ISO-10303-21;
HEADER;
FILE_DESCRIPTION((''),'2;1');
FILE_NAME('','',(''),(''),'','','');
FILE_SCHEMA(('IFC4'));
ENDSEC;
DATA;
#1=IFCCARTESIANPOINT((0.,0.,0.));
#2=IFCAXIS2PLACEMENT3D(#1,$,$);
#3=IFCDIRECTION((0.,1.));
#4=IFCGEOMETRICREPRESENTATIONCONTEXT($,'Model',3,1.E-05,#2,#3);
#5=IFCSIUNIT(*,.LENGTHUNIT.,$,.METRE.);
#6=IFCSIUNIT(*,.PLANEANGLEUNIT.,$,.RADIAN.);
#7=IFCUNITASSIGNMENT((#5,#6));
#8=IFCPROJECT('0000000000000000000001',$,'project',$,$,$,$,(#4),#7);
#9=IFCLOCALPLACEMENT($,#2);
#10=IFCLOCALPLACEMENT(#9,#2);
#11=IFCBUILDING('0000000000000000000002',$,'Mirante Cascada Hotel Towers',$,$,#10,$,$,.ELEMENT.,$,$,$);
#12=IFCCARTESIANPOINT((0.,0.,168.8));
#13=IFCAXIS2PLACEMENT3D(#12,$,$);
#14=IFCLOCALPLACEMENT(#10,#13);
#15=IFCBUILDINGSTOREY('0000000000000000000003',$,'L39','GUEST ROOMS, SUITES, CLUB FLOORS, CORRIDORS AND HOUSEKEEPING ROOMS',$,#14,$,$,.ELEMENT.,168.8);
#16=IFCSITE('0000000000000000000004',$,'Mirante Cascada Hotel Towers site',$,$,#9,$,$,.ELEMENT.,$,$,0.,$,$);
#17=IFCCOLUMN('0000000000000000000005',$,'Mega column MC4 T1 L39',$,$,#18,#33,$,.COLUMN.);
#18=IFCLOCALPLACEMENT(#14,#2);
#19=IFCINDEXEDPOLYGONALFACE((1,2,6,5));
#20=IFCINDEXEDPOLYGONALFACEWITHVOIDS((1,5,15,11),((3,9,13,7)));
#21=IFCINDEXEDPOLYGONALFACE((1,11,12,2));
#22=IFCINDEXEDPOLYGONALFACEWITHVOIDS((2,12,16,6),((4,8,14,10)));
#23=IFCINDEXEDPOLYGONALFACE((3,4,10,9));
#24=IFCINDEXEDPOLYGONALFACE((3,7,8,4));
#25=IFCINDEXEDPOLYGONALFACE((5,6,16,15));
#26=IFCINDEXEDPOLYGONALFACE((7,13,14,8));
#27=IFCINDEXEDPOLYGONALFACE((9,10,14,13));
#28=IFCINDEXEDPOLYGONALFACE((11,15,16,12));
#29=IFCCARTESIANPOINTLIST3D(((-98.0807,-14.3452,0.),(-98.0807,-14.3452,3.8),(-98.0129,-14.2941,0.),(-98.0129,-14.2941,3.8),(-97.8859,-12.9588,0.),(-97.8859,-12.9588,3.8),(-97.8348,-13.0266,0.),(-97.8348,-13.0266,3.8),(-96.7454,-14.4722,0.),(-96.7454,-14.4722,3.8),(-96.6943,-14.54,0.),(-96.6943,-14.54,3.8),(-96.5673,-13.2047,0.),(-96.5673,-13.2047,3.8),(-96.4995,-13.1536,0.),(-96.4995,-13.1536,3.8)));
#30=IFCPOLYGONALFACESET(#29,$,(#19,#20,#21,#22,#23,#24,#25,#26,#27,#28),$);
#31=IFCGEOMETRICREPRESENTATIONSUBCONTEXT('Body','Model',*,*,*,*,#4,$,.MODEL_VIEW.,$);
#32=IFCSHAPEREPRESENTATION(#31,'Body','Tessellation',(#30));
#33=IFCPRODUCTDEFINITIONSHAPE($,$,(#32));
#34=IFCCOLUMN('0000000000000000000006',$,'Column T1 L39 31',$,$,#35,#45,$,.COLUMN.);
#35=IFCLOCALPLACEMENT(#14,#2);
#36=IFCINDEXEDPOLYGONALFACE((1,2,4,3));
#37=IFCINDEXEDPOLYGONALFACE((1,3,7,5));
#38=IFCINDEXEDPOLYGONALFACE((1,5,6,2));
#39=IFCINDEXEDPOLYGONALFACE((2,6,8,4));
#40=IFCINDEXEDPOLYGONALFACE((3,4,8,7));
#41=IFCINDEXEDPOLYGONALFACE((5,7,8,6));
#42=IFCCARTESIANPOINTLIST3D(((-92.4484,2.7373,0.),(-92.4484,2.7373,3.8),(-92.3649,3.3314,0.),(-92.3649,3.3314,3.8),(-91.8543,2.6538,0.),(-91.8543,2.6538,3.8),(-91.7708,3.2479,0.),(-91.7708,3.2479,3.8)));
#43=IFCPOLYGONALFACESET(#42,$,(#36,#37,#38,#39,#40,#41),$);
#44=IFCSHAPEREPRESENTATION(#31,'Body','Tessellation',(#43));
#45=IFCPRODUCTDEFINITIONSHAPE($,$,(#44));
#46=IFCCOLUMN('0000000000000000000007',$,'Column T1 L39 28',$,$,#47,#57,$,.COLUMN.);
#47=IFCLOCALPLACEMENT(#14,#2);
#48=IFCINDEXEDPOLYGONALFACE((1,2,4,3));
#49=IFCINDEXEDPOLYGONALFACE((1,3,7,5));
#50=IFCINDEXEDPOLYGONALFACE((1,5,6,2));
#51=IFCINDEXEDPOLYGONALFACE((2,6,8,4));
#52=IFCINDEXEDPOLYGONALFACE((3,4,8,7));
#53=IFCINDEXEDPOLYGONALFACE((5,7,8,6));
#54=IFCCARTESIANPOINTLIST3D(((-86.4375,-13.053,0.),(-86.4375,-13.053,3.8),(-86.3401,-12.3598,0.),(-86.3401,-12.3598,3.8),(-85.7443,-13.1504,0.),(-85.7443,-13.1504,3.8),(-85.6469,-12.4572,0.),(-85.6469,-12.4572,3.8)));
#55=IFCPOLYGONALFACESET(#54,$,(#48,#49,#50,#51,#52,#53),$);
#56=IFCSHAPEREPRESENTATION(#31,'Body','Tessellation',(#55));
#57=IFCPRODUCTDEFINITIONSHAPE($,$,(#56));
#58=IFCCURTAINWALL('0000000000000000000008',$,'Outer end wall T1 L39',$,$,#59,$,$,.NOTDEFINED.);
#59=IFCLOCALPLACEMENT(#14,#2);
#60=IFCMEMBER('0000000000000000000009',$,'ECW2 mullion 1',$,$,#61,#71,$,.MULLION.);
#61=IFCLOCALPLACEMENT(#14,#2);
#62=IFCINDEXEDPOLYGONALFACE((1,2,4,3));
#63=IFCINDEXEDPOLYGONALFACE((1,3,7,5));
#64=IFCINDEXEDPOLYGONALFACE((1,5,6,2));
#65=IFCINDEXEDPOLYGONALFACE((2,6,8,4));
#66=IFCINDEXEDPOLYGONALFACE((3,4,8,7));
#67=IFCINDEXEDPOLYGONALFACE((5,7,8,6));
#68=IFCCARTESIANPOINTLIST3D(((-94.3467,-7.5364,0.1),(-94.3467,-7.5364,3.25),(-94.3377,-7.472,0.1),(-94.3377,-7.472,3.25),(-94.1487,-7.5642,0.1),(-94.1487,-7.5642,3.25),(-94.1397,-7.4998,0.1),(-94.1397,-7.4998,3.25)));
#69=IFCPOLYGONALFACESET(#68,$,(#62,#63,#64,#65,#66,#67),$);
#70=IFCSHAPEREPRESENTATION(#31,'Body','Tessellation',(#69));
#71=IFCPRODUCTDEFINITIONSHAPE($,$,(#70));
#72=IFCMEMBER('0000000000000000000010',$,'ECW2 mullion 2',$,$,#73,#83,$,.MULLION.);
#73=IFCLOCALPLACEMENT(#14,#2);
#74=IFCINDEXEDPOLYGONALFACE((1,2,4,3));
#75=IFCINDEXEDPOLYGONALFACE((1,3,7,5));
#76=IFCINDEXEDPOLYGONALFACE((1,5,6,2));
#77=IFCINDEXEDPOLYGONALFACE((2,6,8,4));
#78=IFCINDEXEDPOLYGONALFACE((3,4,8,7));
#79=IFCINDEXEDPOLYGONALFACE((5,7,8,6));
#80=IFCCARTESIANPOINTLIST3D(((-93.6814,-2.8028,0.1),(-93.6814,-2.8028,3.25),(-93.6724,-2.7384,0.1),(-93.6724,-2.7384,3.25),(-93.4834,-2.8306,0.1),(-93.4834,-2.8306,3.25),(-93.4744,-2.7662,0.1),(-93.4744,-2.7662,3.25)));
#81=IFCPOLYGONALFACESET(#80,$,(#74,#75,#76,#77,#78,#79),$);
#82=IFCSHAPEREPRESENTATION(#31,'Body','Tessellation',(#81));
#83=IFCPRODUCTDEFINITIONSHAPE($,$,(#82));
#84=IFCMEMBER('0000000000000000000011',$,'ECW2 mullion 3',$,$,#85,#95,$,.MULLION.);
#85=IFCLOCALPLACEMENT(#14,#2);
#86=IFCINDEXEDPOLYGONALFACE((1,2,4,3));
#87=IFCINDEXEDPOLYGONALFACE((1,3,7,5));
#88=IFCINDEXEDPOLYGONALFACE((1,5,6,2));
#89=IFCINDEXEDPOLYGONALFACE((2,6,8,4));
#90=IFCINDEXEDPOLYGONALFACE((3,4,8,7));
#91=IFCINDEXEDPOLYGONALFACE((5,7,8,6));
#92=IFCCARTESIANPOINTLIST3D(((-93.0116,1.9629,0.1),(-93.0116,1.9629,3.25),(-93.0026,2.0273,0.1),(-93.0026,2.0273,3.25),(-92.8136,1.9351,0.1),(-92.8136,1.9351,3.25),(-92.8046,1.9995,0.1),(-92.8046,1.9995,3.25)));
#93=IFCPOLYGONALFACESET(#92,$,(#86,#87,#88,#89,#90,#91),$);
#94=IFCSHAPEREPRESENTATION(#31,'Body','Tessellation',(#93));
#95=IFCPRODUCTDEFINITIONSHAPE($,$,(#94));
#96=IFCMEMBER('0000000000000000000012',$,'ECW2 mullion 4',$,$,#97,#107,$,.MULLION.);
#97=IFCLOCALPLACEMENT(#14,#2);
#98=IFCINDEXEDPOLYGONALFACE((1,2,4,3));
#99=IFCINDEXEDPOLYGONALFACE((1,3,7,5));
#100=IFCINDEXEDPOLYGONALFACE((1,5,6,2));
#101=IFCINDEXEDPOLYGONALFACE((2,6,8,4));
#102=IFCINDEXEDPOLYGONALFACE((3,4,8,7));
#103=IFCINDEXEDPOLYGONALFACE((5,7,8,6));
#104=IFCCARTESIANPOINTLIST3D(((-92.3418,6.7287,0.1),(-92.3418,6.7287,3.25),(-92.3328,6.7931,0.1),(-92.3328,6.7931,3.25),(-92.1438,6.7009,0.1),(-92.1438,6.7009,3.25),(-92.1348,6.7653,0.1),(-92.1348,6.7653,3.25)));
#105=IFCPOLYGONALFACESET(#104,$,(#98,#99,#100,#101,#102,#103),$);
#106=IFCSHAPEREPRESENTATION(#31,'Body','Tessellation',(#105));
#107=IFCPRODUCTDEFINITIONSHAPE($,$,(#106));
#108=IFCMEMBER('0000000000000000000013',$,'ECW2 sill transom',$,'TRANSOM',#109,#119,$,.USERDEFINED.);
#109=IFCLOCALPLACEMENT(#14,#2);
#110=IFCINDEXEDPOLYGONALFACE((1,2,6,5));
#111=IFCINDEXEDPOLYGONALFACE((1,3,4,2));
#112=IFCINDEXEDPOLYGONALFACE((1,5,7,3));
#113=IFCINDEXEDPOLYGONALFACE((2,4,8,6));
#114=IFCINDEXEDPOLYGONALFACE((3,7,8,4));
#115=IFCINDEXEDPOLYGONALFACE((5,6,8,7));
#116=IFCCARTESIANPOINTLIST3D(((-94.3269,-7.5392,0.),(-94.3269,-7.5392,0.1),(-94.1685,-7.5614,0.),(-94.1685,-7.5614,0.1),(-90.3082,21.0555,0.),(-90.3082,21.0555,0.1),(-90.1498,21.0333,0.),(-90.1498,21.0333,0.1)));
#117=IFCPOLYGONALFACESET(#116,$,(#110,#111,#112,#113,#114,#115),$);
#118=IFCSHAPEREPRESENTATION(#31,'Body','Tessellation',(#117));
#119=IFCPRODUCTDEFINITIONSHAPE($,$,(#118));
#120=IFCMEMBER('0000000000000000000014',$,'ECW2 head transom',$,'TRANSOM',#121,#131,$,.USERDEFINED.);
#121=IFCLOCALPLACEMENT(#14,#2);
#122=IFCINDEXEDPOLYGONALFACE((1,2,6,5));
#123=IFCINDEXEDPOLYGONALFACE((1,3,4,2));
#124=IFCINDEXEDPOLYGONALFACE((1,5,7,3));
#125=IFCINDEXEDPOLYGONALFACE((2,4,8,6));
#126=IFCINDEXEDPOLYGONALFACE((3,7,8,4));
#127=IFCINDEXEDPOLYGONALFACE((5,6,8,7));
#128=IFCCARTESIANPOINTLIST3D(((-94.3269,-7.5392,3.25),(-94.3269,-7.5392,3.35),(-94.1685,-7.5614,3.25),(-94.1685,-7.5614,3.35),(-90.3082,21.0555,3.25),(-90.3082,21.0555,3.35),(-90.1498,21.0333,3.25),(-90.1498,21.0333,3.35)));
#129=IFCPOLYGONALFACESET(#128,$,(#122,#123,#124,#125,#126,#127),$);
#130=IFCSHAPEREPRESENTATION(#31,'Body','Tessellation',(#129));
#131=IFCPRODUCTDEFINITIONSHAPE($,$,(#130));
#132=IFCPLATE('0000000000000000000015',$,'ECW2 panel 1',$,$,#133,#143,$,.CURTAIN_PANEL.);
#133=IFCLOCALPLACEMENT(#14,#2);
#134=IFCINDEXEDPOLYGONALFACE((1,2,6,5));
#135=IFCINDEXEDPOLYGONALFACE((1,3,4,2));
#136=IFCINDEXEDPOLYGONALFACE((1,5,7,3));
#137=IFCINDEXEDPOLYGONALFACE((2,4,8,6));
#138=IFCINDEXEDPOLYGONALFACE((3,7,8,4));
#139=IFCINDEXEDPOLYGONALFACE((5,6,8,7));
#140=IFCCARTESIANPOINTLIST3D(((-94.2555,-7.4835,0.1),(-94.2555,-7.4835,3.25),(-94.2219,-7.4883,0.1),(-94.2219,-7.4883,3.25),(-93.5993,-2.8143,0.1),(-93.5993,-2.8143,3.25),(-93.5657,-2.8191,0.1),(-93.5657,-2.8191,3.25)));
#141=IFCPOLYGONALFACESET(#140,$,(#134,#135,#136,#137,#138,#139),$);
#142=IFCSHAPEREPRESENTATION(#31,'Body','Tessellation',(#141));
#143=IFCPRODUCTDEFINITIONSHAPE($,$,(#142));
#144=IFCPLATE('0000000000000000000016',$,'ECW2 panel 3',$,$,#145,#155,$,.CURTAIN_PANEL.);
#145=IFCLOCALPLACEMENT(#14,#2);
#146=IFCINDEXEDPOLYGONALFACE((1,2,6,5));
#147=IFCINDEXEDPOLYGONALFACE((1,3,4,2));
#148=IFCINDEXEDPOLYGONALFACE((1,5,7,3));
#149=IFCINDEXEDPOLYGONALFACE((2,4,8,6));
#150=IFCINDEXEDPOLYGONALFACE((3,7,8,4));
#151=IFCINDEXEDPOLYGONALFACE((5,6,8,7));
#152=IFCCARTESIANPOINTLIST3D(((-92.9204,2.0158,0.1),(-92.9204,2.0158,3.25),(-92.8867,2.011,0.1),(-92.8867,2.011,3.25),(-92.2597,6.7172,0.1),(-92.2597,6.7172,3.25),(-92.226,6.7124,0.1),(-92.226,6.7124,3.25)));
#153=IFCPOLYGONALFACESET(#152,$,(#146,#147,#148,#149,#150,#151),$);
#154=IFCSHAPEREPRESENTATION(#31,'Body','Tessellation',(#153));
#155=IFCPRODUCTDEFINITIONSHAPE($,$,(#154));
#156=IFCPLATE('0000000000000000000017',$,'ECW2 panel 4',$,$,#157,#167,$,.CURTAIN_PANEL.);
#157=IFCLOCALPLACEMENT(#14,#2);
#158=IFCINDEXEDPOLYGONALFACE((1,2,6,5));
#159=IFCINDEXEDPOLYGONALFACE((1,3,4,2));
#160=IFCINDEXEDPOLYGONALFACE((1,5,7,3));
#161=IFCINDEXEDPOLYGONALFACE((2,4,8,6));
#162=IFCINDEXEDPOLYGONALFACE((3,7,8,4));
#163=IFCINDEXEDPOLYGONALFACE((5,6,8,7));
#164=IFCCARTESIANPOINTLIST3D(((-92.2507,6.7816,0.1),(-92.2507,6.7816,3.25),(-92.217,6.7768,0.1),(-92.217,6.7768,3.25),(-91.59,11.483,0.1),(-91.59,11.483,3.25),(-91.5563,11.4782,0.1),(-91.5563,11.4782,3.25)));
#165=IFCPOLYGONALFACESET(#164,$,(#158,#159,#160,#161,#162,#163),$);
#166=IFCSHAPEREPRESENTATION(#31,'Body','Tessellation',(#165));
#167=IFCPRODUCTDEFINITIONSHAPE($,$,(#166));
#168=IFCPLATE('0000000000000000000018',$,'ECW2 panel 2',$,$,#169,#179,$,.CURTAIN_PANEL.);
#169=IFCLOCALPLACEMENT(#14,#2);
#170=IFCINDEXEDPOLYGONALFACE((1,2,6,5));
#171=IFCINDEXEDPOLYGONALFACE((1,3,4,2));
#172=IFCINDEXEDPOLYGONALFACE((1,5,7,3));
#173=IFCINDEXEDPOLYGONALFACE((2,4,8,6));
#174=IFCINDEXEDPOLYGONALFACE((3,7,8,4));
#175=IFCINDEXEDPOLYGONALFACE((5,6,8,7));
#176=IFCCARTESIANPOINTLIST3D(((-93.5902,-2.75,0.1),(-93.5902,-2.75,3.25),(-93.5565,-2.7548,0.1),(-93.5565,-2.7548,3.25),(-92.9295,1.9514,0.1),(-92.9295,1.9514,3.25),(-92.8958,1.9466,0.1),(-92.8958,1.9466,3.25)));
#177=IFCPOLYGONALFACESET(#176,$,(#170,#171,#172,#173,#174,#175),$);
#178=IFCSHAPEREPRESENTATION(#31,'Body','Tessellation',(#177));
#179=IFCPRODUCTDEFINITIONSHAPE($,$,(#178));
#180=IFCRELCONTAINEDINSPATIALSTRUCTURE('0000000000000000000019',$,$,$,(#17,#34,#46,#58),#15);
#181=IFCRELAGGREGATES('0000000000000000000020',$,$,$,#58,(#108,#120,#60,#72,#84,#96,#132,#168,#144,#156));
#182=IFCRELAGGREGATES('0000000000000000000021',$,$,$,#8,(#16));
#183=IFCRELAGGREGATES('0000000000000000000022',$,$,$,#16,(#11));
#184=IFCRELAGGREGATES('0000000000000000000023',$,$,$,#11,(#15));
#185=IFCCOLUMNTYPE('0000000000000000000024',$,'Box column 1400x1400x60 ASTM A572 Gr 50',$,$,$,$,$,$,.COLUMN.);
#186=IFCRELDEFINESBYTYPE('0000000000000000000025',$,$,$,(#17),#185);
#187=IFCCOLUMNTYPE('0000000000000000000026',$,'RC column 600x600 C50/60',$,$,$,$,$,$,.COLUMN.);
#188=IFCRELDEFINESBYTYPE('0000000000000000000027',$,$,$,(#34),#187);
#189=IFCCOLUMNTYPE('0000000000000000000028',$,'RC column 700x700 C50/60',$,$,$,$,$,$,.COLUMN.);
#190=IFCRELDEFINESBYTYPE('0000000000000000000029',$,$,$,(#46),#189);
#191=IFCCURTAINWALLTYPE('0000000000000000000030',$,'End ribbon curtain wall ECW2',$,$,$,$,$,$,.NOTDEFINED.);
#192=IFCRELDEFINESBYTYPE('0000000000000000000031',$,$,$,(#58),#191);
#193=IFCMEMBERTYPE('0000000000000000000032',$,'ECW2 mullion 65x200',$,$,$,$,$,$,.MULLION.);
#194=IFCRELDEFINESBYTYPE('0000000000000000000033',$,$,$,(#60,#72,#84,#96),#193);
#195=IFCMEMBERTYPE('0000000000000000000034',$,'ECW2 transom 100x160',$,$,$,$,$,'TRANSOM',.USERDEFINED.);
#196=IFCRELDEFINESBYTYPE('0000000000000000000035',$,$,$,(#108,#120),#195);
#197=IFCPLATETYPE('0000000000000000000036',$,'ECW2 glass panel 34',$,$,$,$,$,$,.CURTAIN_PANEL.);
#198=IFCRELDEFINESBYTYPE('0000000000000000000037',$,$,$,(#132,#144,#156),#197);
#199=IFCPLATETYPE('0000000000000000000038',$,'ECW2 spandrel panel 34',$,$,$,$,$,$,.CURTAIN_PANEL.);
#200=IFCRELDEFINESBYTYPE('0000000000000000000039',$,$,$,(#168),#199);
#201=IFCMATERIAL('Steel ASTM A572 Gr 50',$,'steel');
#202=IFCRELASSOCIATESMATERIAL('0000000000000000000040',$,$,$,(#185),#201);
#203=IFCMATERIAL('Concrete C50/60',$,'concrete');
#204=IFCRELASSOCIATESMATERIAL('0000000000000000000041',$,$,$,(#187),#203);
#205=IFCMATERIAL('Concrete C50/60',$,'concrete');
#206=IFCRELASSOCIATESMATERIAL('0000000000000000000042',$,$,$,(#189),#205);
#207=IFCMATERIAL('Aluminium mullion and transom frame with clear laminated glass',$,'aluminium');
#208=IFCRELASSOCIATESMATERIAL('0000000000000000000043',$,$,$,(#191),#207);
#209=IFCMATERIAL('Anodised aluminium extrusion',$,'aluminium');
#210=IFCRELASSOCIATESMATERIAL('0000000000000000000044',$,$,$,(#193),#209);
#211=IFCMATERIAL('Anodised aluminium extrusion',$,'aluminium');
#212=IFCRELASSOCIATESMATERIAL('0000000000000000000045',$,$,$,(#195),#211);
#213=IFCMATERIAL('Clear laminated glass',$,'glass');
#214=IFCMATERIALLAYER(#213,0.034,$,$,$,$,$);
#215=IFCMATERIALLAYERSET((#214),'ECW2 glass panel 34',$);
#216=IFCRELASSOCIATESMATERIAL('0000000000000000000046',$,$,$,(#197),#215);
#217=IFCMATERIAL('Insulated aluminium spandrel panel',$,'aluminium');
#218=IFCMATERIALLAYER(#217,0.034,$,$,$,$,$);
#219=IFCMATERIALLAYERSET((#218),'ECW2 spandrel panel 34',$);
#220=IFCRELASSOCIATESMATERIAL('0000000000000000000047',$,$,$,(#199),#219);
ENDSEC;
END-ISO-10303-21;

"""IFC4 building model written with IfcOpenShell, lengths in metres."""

from ifc_helpers import new_model, si_unit, direction, frame, origin, origin_2d, place, context, subcontext, project, spatial, rectangle, hollow_rectangle, extrude, material, layer, layer_set, material_profile, profile_set, type_object, element, aggregate, save


model = new_model("IFC4")

# Units and contexts
model_context = context("Model", 3, precision=1e-05, world=origin(), true_north=direction((0.0, 1.0)))
body_context = subcontext(model_context, "Body", "Model", "MODEL_VIEW")
ifc_project = project(units=[si_unit("LENGTHUNIT", "METRE"), si_unit("PLANEANGLEUNIT", "RADIAN")], contexts=[model_context])

# Site, building, storey
site_placement = place(None, origin())
site = spatial("IfcSite", under=ifc_project, at=site_placement, Name="Mirante Cascada Hotel Towers site", CompositionType="ELEMENT", RefElevation=0.0)
building_placement = place(site_placement, origin())
building = spatial("IfcBuilding", under=site, at=building_placement, Name="Mirante Cascada Hotel Towers", CompositionType="ELEMENT")
storey_placement = place(building_placement, frame((0.0, 0.0, 168.8)))
storey = spatial("IfcBuildingStorey", under=building, at=storey_placement, Name="L39", Description="GUEST ROOMS, SUITES, CLUB FLOORS, CORRIDORS AND HOUSEKEEPING ROOMS", CompositionType="ELEMENT", Elevation=168.8)

# Columns
ifc_material_1 = material(Name="Steel ASTM A572 Gr 50", Category="steel")
ifc_material_profile_1 = material_profile(ifc_material_1, hollow_rectangle(XDim=1.4, YDim=1.4, WallThickness=0.06, at=origin_2d()), Name="Box column 1400x1400x60 ASTM A572 Gr 50")
ifc_profile_set_1 = profile_set([ifc_material_profile_1], Name="Steel ASTM A572 Gr 50")
column_type_1 = type_object("IfcColumnType", Name="Box column 1400x1400x60 ASTM A572 Gr 50", PredefinedType="COLUMN", material=ifc_profile_set_1)
column_1_placement = place(storey_placement, frame((-97.2901, -13.7494, 0.0), z_axis=(0.0, 0.0, 1.0), x_axis=(-0.990268, 0.139173, 0.0)))
element("IfcColumn", 1, at=column_1_placement, inside=storey, type_object=column_type_1, Name="Mega column MC4 T1 L39", PredefinedType="COLUMN", context=body_context, shape_type="SweptSolid", body=[
    extrude(hollow_rectangle(XDim=1.4, YDim=1.4, WallThickness=0.06, at=origin_2d()), origin(), (0.0, 0.0, 1.0), 3.8),
])
ifc_material_2 = material(Name="Concrete C50/60", Category="concrete")
ifc_material_profile_2 = material_profile(ifc_material_2, rectangle(XDim=0.6, YDim=0.6, at=origin_2d()), Name="RC column 600x600 C50/60")
ifc_profile_set_2 = profile_set([ifc_material_profile_2], Name="Concrete C50/60")
column_type_2 = type_object("IfcColumnType", Name="RC column 600x600 C50/60", PredefinedType="COLUMN", material=ifc_profile_set_2)
column_2_placement = place(storey_placement, frame((-92.1096, 2.9926, 0.0), z_axis=(0.0, 0.0, 1.0), x_axis=(-0.990268, 0.139173, 0.0)))
element("IfcColumn", 2, at=column_2_placement, inside=storey, type_object=column_type_2, Name="Column T1 L39 31", PredefinedType="COLUMN", context=body_context, shape_type="SweptSolid", body=[
    extrude(rectangle(XDim=0.6, YDim=0.6, at=origin_2d()), origin(), (0.0, 0.0, 1.0), 3.8),
])
ifc_material_3 = material(Name="Concrete C50/60", Category="concrete")
ifc_material_profile_3 = material_profile(ifc_material_3, rectangle(XDim=0.7, YDim=0.7, at=origin_2d()), Name="RC column 700x700 C50/60")
ifc_profile_set_3 = profile_set([ifc_material_profile_3], Name="Concrete C50/60")
column_type_3 = type_object("IfcColumnType", Name="RC column 700x700 C50/60", PredefinedType="COLUMN", material=ifc_profile_set_3)
column_3_placement = place(storey_placement, frame((-86.0422, -12.7551, 0.0), z_axis=(0.0, 0.0, 1.0), x_axis=(-0.990268, 0.139173, 0.0)))
element("IfcColumn", 3, at=column_3_placement, inside=storey, type_object=column_type_3, Name="Column T1 L39 28", PredefinedType="COLUMN", context=body_context, shape_type="SweptSolid", body=[
    extrude(rectangle(XDim=0.7, YDim=0.7, at=origin_2d()), origin(), (0.0, 0.0, 1.0), 3.8),
])

# Curtain wall, members, plates
ifc_material_4 = material(Name="Aluminium mullion and transom frame with clear laminated glass", Category="aluminium")
curtain_wall_type = type_object("IfcCurtainWallType", Name="End ribbon curtain wall ECW2", PredefinedType="NOTDEFINED", material=ifc_material_4)
curtain_wall_placement = place(storey_placement, origin())
curtain_wall = element("IfcCurtainWall", 4, at=curtain_wall_placement, inside=storey, type_object=curtain_wall_type, Name="Outer end wall T1 L39", PredefinedType="NOTDEFINED")
ifc_material_5 = material(Name="Anodised aluminium extrusion", Category="aluminium")
ifc_material_profile_4 = material_profile(ifc_material_5, rectangle(XDim=0.2, YDim=0.065, at=origin_2d()), Name="ECW2 MULLION 65x200")
ifc_profile_set_4 = profile_set([ifc_material_profile_4], Name="Anodised aluminium extrusion")
member_type_1 = type_object("IfcMemberType", Name="ECW2 mullion 65x200", PredefinedType="MULLION", material=ifc_profile_set_4)
member_1_placement = place(storey_placement, frame((-94.2432, -7.5181, 0.1), z_axis=(0.0, 0.0, 1.0), x_axis=(-0.990268, 0.139173, 0.0)))
member_1 = element("IfcMember", 5, at=member_1_placement, type_object=member_type_1, Name="ECW2 mullion 1", PredefinedType="MULLION", context=body_context, shape_type="SweptSolid", body=[
    extrude(rectangle(XDim=0.2, YDim=0.065, at=origin_2d()), origin(), (0.0, 0.0, 1.0), 3.15),
])
member_2_placement = place(storey_placement, frame((-93.5779, -2.7845, 0.1), z_axis=(0.0, 0.0, 1.0), x_axis=(-0.990268, 0.139173, 0.0)))
member_2 = element("IfcMember", 6, at=member_2_placement, type_object=member_type_1, Name="ECW2 mullion 2", PredefinedType="MULLION", context=body_context, shape_type="SweptSolid", body=[
    extrude(rectangle(XDim=0.2, YDim=0.065, at=origin_2d()), origin(), (0.0, 0.0, 1.0), 3.15),
])
member_3_placement = place(storey_placement, frame((-92.9081, 1.9812, 0.1), z_axis=(0.0, 0.0, 1.0), x_axis=(-0.990268, 0.139173, 0.0)))
member_3 = element("IfcMember", 7, at=member_3_placement, type_object=member_type_1, Name="ECW2 mullion 3", PredefinedType="MULLION", context=body_context, shape_type="SweptSolid", body=[
    extrude(rectangle(XDim=0.2, YDim=0.065, at=origin_2d()), origin(), (0.0, 0.0, 1.0), 3.15),
])
member_4_placement = place(storey_placement, frame((-92.2383, 6.747, 0.1), z_axis=(0.0, 0.0, 1.0), x_axis=(-0.990268, 0.139173, 0.0)))
member_4 = element("IfcMember", 8, at=member_4_placement, type_object=member_type_1, Name="ECW2 mullion 4", PredefinedType="MULLION", context=body_context, shape_type="SweptSolid", body=[
    extrude(rectangle(XDim=0.2, YDim=0.065, at=origin_2d()), origin(), (0.0, 0.0, 1.0), 3.15),
])
ifc_material_6 = material(Name="Anodised aluminium extrusion", Category="aluminium")
ifc_material_profile_5 = material_profile(ifc_material_6, rectangle(XDim=0.16, YDim=0.1, at=origin_2d()), Name="ECW2 TRANSOM 100x160")
ifc_profile_set_5 = profile_set([ifc_material_profile_5], Name="Anodised aluminium extrusion")
member_type_2 = type_object("IfcMemberType", Name="ECW2 transom 100x160", ElementType="TRANSOM", PredefinedType="USERDEFINED", material=ifc_profile_set_5)
member_5_placement = place(storey_placement, frame((-94.2477, -7.5503, 0.05), z_axis=(0.139172, 0.990268, 0.0), x_axis=(-0.990268, 0.139172, 0.0)))
member_5 = element("IfcMember", 9, at=member_5_placement, type_object=member_type_2, Name="ECW2 sill transom", ObjectType="TRANSOM", PredefinedType="USERDEFINED", context=body_context, shape_type="SweptSolid", body=[
    extrude(rectangle(XDim=0.16, YDim=0.1, at=origin_2d()), origin(), (0.0, 0.0, 1.0), 28.8757),
])
member_6_placement = place(storey_placement, frame((-94.2477, -7.5503, 3.3), z_axis=(0.139172, 0.990268, 0.0), x_axis=(-0.990268, 0.139172, 0.0)))
member_6 = element("IfcMember", 10, at=member_6_placement, type_object=member_type_2, Name="ECW2 head transom", ObjectType="TRANSOM", PredefinedType="USERDEFINED", context=body_context, shape_type="SweptSolid", body=[
    extrude(rectangle(XDim=0.16, YDim=0.1, at=origin_2d()), origin(), (0.0, 0.0, 1.0), 28.8757),
])
ifc_material_7 = material(Name="Clear laminated glass", Category="glass")
ifc_layer_1 = layer(ifc_material_7, 0.034)
ifc_layer_set_1 = layer_set([ifc_layer_1], Name="ECW2 glass panel 34")
plate_type_1 = type_object("IfcPlateType", Name="ECW2 glass panel 34", PredefinedType="CURTAIN_PANEL", material=ifc_layer_set_1)
plate_1_placement = place(storey_placement, frame((-93.9106, -5.1513, 0.1), z_axis=(0.0, 0.0, 1.0), x_axis=(0.139173, 0.990268, 0.0)))
plate_1 = element("IfcPlate", 11, at=plate_1_placement, type_object=plate_type_1, Name="ECW2 panel 1", PredefinedType="CURTAIN_PANEL", context=body_context, shape_type="SweptSolid", body=[
    extrude(rectangle(XDim=4.7151, YDim=0.034, at=origin_2d()), origin(), (0.0, 0.0, 1.0), 3.15),
])
plate_2_placement = place(storey_placement, frame((-92.5732, 4.3641, 0.1), z_axis=(0.0, 0.0, 1.0), x_axis=(0.139173, 0.990268, 0.0)))
plate_2 = element("IfcPlate", 12, at=plate_2_placement, type_object=plate_type_1, Name="ECW2 panel 3", PredefinedType="CURTAIN_PANEL", context=body_context, shape_type="SweptSolid", body=[
    extrude(rectangle(XDim=4.7476, YDim=0.034, at=origin_2d()), origin(), (0.0, 0.0, 1.0), 3.15),
])
plate_3_placement = place(storey_placement, frame((-91.9035, 9.1299, 0.1), z_axis=(0.0, 0.0, 1.0), x_axis=(0.139173, 0.990268, 0.0)))
plate_3 = element("IfcPlate", 13, at=plate_3_placement, type_object=plate_type_1, Name="ECW2 panel 4", PredefinedType="CURTAIN_PANEL", context=body_context, shape_type="SweptSolid", body=[
    extrude(rectangle(XDim=4.7476, YDim=0.034, at=origin_2d()), origin(), (0.0, 0.0, 1.0), 3.15),
])
ifc_material_8 = material(Name="Insulated aluminium spandrel panel", Category="aluminium")
ifc_layer_2 = layer(ifc_material_8, 0.034)
ifc_layer_set_2 = layer_set([ifc_layer_2], Name="ECW2 spandrel panel 34")
plate_type_2 = type_object("IfcPlateType", Name="ECW2 spandrel panel 34", PredefinedType="CURTAIN_PANEL", material=ifc_layer_set_2)
plate_4_placement = place(storey_placement, frame((-93.243, -0.4017, 0.1), z_axis=(0.0, 0.0, 1.0), x_axis=(0.139173, 0.990268, 0.0)))
plate_4 = element("IfcPlate", 14, at=plate_4_placement, type_object=plate_type_2, Name="ECW2 panel 2", PredefinedType="CURTAIN_PANEL", context=body_context, shape_type="SweptSolid", body=[
    extrude(rectangle(XDim=4.7476, YDim=0.034, at=origin_2d()), origin(), (0.0, 0.0, 1.0), 3.15),
])
aggregate(curtain_wall, [member_5, member_6, member_1, member_2, member_3, member_4, plate_1, plate_4, plate_2, plate_3])

save(model, "model.ifc")
